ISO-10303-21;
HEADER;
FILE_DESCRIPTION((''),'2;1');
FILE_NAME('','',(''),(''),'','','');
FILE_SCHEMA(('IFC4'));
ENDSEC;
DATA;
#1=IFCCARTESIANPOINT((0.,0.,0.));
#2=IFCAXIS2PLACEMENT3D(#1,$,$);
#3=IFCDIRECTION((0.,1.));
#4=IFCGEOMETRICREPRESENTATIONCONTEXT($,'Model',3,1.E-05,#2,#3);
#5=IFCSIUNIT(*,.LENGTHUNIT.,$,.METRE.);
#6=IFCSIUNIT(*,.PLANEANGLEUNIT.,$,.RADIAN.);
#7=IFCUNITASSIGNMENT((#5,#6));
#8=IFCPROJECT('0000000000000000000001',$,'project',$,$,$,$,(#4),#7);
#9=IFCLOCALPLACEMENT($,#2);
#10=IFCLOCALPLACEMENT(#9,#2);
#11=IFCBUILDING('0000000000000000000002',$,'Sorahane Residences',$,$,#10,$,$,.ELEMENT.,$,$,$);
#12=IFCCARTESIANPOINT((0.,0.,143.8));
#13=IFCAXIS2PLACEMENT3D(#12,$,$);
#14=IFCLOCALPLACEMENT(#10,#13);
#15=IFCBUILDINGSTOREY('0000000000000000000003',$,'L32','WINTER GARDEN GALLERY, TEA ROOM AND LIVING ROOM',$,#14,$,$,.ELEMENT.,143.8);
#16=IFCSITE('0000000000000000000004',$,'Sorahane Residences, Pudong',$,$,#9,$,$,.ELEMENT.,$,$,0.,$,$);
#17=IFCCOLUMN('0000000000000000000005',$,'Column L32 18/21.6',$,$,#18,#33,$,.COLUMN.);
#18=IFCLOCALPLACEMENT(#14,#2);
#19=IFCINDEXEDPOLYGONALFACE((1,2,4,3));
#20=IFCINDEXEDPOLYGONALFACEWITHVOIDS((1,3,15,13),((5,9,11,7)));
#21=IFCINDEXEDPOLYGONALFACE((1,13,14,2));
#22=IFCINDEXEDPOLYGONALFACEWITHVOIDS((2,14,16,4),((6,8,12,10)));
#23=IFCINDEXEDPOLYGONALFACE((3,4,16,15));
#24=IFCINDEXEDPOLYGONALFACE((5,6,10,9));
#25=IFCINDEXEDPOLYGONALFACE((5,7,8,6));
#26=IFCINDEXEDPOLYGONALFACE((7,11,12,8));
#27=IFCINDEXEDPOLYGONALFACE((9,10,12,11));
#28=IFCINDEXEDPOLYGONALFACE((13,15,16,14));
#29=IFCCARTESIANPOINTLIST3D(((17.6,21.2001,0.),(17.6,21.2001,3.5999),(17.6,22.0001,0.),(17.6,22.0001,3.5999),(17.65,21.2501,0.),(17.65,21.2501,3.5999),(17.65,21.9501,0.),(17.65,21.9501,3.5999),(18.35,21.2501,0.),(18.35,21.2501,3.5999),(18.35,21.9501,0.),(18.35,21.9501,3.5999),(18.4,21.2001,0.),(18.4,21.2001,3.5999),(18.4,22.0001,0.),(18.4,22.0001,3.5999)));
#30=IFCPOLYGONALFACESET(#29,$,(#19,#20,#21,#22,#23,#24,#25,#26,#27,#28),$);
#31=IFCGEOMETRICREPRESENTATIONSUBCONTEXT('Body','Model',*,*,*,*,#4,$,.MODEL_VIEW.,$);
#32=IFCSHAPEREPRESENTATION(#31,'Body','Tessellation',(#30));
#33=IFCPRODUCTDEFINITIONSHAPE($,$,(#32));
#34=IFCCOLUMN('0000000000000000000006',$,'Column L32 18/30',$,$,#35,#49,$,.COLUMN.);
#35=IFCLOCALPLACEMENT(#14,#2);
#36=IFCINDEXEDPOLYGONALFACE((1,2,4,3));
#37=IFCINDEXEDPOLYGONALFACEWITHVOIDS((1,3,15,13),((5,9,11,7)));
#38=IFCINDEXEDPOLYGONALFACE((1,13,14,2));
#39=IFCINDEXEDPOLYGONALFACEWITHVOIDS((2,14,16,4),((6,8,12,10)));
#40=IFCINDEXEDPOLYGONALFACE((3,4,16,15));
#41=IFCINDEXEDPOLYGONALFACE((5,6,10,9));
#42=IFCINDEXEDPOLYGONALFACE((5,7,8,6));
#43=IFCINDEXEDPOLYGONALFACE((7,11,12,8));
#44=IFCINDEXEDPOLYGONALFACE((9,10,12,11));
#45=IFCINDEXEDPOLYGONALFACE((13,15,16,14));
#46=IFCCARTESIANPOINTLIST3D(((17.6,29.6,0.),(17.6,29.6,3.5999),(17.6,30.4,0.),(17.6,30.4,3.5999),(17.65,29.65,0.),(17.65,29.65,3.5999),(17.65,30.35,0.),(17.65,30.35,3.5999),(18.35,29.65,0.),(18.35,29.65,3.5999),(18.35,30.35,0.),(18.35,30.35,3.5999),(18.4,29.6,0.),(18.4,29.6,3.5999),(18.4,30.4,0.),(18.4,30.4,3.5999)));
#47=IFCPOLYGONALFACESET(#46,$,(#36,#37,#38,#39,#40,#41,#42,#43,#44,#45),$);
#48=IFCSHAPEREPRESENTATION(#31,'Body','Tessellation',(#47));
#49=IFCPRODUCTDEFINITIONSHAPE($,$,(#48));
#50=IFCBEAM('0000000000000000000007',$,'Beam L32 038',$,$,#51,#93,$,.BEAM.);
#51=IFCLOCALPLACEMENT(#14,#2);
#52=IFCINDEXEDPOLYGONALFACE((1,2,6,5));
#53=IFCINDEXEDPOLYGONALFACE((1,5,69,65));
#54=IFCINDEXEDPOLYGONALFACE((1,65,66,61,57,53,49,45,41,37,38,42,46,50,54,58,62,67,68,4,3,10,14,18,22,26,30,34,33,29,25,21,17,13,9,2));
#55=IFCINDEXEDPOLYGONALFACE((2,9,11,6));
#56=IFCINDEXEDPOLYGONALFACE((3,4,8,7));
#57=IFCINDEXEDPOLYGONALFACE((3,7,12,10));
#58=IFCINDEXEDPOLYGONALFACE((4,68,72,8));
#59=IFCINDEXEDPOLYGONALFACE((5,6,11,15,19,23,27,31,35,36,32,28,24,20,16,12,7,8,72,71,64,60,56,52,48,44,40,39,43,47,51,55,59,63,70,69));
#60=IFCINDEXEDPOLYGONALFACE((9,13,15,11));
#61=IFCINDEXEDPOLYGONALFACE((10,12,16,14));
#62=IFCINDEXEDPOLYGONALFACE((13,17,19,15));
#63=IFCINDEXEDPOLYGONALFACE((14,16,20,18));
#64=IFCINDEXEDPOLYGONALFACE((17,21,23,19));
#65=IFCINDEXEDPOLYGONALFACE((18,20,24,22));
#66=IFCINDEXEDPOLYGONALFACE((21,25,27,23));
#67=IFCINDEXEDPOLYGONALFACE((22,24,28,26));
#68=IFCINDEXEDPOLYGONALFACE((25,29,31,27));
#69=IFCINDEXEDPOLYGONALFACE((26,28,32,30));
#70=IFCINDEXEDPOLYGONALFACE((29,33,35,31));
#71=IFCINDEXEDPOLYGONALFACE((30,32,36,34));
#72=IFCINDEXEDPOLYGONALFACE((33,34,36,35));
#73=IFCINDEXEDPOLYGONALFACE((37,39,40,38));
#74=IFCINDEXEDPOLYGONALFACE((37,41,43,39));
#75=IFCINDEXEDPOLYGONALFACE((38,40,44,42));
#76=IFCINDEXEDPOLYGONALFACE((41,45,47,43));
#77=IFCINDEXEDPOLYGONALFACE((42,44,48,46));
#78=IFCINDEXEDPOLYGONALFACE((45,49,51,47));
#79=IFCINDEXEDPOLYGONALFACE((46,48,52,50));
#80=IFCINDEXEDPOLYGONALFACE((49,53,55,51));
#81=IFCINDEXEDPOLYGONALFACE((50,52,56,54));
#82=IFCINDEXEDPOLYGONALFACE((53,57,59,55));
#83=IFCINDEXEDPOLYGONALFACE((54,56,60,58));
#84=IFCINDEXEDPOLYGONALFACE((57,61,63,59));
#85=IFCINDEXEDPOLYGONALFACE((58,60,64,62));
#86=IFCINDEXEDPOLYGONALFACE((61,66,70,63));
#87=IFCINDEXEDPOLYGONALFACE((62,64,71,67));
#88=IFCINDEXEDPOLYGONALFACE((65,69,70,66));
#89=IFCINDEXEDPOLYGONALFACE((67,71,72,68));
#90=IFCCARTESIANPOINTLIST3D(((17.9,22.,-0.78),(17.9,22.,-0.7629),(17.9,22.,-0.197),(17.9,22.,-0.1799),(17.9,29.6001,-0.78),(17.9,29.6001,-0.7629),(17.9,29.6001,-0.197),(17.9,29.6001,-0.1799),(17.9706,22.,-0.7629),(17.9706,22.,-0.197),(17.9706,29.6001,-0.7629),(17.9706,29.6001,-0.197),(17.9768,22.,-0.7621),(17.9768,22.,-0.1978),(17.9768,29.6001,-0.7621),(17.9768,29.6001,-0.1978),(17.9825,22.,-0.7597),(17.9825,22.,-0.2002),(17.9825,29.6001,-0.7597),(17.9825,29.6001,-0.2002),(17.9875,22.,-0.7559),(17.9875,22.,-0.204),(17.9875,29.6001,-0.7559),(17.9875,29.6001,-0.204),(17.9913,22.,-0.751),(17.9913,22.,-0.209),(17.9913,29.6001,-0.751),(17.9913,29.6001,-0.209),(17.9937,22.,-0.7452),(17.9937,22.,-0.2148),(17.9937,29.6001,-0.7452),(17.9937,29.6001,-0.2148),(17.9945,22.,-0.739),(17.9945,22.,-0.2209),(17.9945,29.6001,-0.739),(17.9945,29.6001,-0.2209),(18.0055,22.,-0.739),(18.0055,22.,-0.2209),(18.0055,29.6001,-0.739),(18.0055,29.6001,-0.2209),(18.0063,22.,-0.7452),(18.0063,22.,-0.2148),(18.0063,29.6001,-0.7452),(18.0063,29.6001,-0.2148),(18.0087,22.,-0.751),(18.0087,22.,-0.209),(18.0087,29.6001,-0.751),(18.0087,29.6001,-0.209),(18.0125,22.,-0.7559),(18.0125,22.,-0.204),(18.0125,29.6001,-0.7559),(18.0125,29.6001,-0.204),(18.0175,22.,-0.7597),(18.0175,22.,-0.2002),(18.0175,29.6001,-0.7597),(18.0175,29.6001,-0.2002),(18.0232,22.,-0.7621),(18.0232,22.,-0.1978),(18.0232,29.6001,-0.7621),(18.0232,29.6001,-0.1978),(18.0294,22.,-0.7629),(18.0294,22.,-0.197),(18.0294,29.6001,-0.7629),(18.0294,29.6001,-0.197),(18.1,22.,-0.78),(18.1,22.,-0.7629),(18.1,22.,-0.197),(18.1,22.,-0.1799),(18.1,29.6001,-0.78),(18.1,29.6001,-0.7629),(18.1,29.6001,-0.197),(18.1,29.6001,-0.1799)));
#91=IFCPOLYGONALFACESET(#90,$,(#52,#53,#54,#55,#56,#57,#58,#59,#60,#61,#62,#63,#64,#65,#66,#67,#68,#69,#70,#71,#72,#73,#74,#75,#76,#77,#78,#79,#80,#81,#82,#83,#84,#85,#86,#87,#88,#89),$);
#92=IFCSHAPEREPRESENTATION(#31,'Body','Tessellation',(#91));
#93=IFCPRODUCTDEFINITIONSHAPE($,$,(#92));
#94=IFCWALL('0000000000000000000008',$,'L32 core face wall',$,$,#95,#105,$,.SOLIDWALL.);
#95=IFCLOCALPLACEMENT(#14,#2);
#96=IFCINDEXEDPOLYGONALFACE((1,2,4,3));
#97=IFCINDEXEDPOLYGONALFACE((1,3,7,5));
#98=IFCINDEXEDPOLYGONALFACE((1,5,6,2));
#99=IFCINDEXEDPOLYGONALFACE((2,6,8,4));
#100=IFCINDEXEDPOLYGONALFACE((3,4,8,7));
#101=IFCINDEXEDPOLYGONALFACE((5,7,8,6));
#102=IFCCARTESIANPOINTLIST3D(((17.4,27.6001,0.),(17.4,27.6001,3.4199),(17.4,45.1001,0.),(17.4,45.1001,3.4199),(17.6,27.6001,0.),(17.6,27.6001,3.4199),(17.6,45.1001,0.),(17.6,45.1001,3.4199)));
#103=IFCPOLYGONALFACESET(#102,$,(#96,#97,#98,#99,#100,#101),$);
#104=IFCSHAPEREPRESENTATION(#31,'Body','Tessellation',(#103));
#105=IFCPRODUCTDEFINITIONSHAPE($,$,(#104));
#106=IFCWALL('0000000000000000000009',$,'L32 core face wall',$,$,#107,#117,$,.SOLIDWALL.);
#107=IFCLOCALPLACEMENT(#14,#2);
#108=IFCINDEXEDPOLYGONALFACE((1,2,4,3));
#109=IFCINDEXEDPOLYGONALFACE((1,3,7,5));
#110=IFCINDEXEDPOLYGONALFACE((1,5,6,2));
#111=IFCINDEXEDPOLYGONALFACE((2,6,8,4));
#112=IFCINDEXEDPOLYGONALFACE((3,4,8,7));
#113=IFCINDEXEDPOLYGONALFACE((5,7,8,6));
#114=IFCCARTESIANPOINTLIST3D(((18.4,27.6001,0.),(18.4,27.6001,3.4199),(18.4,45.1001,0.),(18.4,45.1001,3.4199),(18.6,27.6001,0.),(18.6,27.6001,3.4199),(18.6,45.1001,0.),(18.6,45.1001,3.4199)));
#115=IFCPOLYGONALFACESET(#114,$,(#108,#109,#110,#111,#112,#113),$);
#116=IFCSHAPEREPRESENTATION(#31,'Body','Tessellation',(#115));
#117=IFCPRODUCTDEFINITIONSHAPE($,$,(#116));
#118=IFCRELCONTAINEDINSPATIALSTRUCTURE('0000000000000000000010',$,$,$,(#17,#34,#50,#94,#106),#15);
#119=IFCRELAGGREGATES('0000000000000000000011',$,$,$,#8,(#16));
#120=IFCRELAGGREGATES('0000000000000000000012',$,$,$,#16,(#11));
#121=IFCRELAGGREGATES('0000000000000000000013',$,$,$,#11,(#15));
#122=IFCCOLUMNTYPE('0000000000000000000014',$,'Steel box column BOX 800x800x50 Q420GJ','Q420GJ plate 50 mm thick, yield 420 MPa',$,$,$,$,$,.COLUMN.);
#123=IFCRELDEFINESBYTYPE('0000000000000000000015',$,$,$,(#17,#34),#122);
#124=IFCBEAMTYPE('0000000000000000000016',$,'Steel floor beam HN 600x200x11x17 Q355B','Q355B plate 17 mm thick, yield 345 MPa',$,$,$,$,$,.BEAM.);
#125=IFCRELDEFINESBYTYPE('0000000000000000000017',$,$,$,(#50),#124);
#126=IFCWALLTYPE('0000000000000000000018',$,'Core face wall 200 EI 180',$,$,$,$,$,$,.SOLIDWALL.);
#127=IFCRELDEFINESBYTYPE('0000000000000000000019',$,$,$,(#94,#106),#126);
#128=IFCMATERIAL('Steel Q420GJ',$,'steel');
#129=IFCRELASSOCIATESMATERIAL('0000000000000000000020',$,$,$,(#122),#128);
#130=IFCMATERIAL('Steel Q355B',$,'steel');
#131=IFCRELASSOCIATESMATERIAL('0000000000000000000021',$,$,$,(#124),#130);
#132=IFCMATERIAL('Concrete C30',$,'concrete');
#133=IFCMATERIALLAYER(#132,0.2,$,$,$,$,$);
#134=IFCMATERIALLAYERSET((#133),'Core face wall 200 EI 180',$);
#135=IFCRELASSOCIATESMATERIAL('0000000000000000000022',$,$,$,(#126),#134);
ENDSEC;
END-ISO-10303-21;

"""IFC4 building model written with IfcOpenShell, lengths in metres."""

from ifc_helpers import new_model, si_unit, direction, frame, frame_2d, origin, origin_2d, place, context, subcontext, project, spatial, rectangle, hollow_rectangle, i_section, extrude, material, layer, layer_set, material_profile, profile_set, type_object, element, save


model = new_model("IFC4")

# Units and contexts
model_context = context("Model", 3, precision=1e-05, world=origin(), true_north=direction((0.0, 1.0)))
body_context = subcontext(model_context, "Body", "Model", "MODEL_VIEW")
ifc_project = project(units=[si_unit("LENGTHUNIT", "METRE"), si_unit("PLANEANGLEUNIT", "RADIAN")], contexts=[model_context])

# Site, building, storey
site_placement = place(None, origin())
site = spatial("IfcSite", under=ifc_project, at=site_placement, Name="Sorahane Residences, Pudong", CompositionType="ELEMENT", RefElevation=0.0)
building_placement = place(site_placement, origin())
building = spatial("IfcBuilding", under=site, at=building_placement, Name="Sorahane Residences", CompositionType="ELEMENT")
storey_placement = place(building_placement, frame((0.0, 0.0, 143.8)))
storey = spatial("IfcBuildingStorey", under=building, at=storey_placement, Name="L32", Description="WINTER GARDEN GALLERY, TEA ROOM AND LIVING ROOM", CompositionType="ELEMENT", Elevation=143.8)

# Columns
ifc_material_1 = material(Name="Steel Q420GJ", Category="steel")
ifc_material_profile_1 = material_profile(ifc_material_1, hollow_rectangle(XDim=0.8, YDim=0.8, WallThickness=0.05, at=origin_2d()), Name="BOX 800x800x50")
ifc_profile_set_1 = profile_set([ifc_material_profile_1], Name="Steel Q420GJ")
column_type = type_object("IfcColumnType", Name="Steel box column BOX 800x800x50 Q420GJ", Description="Q420GJ plate 50 mm thick, yield 420 MPa", PredefinedType="COLUMN", material=ifc_profile_set_1)
for number, where, z_axis, x_axis, name in (
    (1, (18.0, 21.6001, 0.0), (0.0, 0.0, 1.0), (1.0, 0.0, 0.0), "Column L32 18/21.6"),
    (2, (18.0, 30.0, 0.0), (0.0, 0.0, 1.0), (1.0, 0.0, 0.0), "Column L32 18/30"),
):
    element("IfcColumn", number, at=place(storey_placement, frame(where, z_axis=z_axis, x_axis=x_axis)), inside=storey, type_object=column_type, Name=name, PredefinedType="COLUMN", context=body_context, shape_type="SweptSolid", body=[
        extrude(hollow_rectangle(XDim=0.8, YDim=0.8, WallThickness=0.05, at=origin_2d()), origin(), (0.0, 0.0, 1.0), 3.5999),
    ])

# Beam
ifc_material_2 = material(Name="Steel Q355B", Category="steel")
ifc_material_profile_2 = material_profile(ifc_material_2, i_section(OverallWidth=0.2, OverallDepth=0.6001, WebThickness=0.011, FlangeThickness=0.0171, FilletRadius=0.0239, at=origin_2d()), Name="HN 600x200x11x17")
ifc_profile_set_2 = profile_set([ifc_material_profile_2], Name="Steel Q355B")
beam_type = type_object("IfcBeamType", Name="Steel floor beam HN 600x200x11x17 Q355B", Description="Q355B plate 17 mm thick, yield 345 MPa", PredefinedType="BEAM", material=ifc_profile_set_2)
beam_placement = place(storey_placement, frame((18.0, 22.0, -0.48), z_axis=(0.0, 1.0, 0.0), x_axis=(-1.0, 0.0, 0.0)))
element("IfcBeam", 3, at=beam_placement, inside=storey, type_object=beam_type, Name="Beam L32 038", PredefinedType="BEAM", context=body_context, shape_type="SweptSolid", body=[
    extrude(i_section(OverallWidth=0.2, OverallDepth=0.6001, WebThickness=0.011, FlangeThickness=0.0171, FilletRadius=0.0239, at=origin_2d()), origin(), (0.0, 0.0, 1.0), 7.6001),
])

# Walls
ifc_material_3 = material(Name="Concrete C30", Category="concrete")
ifc_layer_1 = layer(ifc_material_3, 0.2)
ifc_layer_set_1 = layer_set([ifc_layer_1], Name="Core face wall 200 EI 180")
wall_type_1 = type_object("IfcWallType", Name="Core face wall 200 EI 180", PredefinedType="SOLIDWALL", material=ifc_layer_set_1)
for number, where, z_axis, x_axis, name in (
    (4, (17.5, 27.6001, 0.0), (0.0, 0.0, 1.0), (0.0, 1.0, 0.0), "L32 core face wall"),
    (5, (18.5, 27.6001, 0.0), (0.0, 0.0, 1.0), (0.0, 1.0, 0.0), "L32 core face wall"),
):
    element("IfcWall", number, at=place(storey_placement, frame(where, z_axis=z_axis, x_axis=x_axis)), inside=storey, type_object=wall_type_1, Name=name, PredefinedType="SOLIDWALL", context=body_context, shape_type="SweptSolid", body=[
        extrude(rectangle(XDim=17.5, YDim=0.2, at=frame_2d((8.75, 0.0))), origin(), (0.0, 0.0, 1.0), 3.4199),
    ])

save(model, "model.ifc")
